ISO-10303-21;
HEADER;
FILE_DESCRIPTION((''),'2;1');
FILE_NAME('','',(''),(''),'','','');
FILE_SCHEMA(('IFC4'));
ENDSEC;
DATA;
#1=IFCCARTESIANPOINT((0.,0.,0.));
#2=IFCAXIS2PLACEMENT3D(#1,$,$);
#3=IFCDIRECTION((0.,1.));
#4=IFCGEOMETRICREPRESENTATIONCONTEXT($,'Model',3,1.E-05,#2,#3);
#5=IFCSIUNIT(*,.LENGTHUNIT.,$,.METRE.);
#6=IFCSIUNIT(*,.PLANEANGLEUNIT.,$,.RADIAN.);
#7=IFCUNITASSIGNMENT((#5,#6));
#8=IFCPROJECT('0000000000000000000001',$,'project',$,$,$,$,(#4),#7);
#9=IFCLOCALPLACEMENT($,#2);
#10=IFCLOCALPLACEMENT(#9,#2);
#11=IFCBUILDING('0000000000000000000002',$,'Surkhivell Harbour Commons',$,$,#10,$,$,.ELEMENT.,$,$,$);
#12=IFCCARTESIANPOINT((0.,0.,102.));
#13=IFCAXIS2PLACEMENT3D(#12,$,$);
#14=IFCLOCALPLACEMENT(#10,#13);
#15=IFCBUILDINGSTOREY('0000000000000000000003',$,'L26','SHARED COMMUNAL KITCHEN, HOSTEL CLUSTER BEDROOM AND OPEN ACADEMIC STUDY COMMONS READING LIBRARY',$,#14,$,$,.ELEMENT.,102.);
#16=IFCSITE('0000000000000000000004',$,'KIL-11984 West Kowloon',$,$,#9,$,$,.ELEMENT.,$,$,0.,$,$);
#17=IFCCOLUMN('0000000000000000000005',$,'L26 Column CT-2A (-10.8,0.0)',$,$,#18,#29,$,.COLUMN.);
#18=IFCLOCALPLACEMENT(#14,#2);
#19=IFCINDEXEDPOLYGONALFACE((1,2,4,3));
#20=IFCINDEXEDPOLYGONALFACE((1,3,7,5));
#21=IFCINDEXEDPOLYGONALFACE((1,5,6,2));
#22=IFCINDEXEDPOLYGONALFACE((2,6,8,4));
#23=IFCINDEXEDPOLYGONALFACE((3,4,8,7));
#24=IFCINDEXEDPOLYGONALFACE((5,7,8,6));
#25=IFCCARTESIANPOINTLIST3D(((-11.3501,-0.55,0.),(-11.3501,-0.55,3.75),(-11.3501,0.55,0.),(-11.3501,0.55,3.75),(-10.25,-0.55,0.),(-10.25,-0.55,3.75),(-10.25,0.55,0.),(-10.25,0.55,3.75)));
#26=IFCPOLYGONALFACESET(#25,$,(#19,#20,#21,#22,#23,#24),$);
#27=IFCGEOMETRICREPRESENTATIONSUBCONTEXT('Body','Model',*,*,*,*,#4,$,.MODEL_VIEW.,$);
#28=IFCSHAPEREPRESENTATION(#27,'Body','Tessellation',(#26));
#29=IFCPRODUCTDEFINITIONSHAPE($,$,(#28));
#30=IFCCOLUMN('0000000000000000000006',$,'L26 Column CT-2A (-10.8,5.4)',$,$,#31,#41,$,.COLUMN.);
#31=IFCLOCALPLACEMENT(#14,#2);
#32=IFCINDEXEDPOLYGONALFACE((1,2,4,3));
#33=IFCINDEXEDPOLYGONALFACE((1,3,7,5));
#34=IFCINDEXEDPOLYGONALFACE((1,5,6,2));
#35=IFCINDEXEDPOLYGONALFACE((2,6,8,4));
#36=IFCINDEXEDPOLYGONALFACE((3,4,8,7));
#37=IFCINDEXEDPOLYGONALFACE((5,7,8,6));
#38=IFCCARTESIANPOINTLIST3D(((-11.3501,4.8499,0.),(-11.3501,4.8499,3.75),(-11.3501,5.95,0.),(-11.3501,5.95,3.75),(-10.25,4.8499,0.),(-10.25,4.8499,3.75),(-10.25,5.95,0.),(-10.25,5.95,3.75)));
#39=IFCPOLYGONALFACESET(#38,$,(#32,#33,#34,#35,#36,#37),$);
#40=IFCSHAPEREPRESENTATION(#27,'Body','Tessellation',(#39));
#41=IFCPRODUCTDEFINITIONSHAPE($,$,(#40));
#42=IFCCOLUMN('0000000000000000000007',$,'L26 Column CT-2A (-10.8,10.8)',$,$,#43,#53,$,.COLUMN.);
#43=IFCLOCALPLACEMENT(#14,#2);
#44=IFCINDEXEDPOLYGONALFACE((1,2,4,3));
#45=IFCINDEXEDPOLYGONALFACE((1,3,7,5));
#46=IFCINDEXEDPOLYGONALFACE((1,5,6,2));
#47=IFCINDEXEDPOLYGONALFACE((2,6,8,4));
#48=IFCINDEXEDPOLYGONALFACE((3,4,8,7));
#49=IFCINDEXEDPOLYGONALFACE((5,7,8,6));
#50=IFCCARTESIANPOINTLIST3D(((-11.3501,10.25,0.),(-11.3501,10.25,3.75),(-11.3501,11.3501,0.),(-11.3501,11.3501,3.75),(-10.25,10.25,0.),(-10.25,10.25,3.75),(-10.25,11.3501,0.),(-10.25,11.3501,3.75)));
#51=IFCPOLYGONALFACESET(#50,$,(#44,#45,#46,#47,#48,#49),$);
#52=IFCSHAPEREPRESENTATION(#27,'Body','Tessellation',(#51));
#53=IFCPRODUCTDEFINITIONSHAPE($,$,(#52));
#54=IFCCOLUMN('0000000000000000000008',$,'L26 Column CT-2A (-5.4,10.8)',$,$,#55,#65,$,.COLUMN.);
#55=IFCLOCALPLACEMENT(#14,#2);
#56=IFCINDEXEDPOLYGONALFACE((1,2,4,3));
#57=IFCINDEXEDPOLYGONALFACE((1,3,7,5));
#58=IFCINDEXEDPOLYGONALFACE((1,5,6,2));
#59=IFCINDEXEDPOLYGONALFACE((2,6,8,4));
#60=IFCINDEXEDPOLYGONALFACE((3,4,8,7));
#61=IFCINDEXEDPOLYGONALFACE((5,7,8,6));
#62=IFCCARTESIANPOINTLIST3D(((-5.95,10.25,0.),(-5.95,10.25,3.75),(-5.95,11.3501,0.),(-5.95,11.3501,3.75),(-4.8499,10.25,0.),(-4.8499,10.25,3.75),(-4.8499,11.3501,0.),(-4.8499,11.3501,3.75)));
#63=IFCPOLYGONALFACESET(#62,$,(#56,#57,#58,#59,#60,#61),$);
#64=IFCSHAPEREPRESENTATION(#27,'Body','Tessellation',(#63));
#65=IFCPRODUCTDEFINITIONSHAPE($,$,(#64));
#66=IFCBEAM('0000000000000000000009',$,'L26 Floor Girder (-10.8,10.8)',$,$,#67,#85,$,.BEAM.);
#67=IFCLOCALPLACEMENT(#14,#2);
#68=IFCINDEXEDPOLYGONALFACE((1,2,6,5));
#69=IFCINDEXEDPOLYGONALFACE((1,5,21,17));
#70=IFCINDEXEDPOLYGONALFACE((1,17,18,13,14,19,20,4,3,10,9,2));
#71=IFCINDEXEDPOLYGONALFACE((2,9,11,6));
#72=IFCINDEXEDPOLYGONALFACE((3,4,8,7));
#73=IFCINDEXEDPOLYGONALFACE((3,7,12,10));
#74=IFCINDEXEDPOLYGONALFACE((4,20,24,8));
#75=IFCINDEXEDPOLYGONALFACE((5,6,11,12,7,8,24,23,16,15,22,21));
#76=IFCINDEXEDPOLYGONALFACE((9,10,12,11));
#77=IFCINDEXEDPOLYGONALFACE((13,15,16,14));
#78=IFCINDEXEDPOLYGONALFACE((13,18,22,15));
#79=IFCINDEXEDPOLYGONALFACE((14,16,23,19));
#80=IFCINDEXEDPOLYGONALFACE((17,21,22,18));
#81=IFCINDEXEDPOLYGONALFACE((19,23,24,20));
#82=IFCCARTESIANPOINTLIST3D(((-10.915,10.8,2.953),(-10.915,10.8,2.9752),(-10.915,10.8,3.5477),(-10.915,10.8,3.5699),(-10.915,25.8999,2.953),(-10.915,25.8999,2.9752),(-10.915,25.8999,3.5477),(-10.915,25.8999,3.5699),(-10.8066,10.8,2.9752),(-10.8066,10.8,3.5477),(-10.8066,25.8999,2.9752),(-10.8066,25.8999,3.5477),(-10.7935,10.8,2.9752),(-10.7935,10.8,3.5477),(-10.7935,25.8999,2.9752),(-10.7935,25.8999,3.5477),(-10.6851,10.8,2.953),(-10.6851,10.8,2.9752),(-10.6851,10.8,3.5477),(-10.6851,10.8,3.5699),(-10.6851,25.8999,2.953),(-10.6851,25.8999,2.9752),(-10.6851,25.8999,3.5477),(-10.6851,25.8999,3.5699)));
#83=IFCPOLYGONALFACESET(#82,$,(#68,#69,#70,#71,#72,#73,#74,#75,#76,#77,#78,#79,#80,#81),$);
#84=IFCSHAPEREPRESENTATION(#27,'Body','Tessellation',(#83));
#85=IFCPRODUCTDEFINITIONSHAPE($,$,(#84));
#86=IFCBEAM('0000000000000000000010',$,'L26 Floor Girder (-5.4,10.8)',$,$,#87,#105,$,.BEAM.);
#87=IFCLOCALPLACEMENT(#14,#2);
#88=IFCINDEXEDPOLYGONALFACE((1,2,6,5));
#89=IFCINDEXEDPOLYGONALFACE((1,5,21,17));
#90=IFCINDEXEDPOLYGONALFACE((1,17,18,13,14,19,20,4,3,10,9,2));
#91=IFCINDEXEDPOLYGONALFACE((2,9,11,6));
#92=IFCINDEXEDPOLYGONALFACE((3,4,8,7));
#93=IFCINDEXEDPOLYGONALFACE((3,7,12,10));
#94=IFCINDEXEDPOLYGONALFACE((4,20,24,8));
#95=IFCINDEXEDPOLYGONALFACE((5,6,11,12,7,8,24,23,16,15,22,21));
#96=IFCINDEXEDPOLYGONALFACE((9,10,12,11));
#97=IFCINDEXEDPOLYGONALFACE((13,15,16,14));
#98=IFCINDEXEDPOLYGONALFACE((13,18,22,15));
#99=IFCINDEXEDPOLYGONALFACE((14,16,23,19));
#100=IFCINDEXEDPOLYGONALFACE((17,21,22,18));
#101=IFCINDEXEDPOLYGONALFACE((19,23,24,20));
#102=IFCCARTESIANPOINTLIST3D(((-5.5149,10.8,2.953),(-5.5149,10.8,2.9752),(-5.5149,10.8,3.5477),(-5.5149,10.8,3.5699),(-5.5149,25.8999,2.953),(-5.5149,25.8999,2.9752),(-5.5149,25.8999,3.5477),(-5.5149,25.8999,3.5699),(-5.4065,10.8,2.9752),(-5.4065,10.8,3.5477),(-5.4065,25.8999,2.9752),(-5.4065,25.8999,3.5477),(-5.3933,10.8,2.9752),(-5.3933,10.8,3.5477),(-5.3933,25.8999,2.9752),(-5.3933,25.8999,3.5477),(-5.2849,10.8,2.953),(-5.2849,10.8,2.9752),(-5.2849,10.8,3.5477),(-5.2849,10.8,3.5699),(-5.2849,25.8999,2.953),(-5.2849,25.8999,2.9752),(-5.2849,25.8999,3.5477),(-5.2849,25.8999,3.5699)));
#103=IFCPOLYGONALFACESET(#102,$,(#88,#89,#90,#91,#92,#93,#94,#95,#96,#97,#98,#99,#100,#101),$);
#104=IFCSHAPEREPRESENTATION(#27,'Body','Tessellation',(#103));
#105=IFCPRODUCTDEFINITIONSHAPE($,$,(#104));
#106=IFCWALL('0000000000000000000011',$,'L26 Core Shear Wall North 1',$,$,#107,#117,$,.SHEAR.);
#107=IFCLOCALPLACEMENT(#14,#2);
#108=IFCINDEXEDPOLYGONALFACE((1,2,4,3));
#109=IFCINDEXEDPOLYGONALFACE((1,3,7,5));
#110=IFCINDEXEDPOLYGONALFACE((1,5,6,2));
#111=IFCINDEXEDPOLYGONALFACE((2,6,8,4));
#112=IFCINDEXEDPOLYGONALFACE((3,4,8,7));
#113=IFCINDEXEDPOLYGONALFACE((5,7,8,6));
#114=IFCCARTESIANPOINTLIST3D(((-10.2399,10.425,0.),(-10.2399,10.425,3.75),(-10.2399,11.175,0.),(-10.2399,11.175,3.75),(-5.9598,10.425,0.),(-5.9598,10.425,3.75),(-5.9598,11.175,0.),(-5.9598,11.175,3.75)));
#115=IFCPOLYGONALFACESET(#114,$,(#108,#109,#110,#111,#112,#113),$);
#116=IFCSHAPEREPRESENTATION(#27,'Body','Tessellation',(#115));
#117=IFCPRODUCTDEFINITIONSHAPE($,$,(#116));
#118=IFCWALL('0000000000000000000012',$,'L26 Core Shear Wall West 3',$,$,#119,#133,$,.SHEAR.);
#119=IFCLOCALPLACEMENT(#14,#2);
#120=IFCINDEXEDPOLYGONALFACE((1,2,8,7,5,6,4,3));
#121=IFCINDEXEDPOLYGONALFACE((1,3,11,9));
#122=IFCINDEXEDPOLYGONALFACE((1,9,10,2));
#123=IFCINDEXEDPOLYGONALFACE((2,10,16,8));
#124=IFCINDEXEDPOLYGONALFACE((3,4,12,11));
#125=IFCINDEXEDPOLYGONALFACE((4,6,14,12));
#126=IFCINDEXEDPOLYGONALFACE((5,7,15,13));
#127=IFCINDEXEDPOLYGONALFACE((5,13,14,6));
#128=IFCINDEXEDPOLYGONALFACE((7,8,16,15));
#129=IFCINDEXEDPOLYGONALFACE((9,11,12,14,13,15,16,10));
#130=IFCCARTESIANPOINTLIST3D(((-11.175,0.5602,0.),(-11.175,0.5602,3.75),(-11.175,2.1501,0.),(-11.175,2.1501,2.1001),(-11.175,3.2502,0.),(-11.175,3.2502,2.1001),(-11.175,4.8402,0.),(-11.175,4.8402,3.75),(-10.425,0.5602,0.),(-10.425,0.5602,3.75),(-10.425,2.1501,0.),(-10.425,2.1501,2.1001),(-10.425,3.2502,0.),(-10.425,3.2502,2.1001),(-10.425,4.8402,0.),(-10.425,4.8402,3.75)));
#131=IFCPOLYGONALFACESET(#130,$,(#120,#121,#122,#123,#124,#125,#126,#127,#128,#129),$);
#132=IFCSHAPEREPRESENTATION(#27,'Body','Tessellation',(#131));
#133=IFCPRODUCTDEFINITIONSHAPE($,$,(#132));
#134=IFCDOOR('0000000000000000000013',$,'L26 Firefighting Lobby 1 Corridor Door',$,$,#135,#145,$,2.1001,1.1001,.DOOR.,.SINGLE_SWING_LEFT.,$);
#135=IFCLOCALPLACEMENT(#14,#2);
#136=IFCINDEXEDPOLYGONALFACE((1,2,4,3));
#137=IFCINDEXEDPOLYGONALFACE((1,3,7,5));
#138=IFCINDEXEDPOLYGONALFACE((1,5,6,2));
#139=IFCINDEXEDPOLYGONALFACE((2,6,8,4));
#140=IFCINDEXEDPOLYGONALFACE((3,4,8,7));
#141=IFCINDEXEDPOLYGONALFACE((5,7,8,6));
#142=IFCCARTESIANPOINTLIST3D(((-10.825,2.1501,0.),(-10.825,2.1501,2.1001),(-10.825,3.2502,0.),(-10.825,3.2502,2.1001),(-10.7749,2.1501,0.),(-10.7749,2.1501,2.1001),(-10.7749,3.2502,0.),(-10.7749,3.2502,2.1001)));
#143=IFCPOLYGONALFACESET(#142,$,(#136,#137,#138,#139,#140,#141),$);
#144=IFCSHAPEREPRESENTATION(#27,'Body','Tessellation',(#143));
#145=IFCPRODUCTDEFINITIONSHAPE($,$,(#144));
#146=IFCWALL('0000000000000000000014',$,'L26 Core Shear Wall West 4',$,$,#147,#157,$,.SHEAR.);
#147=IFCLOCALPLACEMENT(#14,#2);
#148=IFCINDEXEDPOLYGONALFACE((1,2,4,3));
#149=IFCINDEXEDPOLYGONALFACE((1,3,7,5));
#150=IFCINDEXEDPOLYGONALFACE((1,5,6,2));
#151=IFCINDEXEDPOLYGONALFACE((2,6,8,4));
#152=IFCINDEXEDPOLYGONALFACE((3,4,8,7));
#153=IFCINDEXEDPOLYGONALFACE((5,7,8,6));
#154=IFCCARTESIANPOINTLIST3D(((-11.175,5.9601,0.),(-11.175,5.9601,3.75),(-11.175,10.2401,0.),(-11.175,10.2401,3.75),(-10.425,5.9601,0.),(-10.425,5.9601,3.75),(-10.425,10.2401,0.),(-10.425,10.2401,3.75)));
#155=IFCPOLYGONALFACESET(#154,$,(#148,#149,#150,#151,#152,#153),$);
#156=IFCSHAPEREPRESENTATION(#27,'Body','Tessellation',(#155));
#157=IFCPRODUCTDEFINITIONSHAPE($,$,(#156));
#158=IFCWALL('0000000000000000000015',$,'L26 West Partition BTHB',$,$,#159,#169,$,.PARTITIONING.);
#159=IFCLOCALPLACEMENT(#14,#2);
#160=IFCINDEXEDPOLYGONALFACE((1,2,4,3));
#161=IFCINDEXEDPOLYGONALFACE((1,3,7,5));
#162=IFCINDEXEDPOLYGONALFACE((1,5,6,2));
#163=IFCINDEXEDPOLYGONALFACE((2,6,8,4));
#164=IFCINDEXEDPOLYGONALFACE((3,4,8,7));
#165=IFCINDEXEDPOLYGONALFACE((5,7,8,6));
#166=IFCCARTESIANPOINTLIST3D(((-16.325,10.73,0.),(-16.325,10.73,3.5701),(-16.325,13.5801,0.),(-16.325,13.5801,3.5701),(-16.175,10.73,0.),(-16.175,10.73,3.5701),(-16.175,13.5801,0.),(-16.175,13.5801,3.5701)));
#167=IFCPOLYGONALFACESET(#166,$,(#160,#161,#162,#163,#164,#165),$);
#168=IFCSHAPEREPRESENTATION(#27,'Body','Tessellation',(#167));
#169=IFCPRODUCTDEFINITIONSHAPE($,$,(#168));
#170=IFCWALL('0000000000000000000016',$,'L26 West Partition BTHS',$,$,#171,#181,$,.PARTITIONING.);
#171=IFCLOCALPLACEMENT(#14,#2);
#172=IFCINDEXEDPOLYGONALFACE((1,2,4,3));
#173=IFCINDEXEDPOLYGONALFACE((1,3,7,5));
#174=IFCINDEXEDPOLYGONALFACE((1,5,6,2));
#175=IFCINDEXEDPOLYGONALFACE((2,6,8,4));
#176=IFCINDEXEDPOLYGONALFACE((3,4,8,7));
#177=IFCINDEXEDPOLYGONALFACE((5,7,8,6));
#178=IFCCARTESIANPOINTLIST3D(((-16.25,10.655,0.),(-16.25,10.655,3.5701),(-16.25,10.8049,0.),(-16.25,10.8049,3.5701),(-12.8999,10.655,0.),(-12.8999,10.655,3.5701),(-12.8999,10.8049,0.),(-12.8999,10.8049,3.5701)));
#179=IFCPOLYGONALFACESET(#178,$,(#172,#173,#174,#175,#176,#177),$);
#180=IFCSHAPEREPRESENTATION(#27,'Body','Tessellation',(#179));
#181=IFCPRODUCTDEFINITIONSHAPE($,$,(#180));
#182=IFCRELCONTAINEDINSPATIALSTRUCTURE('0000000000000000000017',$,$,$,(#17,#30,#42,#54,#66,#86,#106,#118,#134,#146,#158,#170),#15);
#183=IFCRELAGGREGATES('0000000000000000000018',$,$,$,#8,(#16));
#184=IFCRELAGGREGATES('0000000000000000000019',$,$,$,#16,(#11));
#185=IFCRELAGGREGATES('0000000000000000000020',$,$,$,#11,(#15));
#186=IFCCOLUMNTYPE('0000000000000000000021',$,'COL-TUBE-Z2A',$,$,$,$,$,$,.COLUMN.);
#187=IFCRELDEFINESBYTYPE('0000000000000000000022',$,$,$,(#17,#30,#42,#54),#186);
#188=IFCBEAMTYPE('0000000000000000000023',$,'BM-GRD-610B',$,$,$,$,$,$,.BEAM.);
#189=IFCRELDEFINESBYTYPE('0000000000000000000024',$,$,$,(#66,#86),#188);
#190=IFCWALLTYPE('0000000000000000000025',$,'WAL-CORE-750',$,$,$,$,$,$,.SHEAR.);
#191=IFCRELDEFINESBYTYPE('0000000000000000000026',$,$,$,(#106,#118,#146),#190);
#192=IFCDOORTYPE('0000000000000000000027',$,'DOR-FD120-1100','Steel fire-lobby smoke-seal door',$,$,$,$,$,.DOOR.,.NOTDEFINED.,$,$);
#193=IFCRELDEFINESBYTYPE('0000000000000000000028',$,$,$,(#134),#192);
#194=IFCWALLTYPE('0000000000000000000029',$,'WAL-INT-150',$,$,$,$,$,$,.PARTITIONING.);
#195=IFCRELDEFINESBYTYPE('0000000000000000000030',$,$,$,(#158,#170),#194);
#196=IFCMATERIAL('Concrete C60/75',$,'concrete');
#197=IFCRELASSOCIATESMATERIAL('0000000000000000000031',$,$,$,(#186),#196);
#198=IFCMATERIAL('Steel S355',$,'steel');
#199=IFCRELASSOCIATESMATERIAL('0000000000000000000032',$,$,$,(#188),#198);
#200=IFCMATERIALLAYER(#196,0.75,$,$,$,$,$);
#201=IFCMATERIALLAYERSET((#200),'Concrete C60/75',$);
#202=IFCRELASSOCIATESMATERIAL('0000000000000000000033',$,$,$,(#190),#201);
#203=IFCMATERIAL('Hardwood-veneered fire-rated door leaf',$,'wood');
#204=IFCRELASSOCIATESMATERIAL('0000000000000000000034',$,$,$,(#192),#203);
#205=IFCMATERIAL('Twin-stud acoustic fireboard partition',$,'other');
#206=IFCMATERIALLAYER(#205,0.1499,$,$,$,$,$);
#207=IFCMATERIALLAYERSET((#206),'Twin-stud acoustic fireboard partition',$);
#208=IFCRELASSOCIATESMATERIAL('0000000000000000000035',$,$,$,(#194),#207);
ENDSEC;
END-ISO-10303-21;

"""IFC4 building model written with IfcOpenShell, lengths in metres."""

from ifc_helpers import new_model, si_unit, direction, frame, frame_2d, origin, origin_2d, place, context, subcontext, project, spatial, rectangle, i_section, extrude, material, layer, layer_set, material_profile, profile_set, type_object, element, fill, save


model = new_model("IFC4")

# Units and contexts
model_context = context("Model", 3, precision=1e-05, world=origin(), true_north=direction((0.0, 1.0)))
body_context = subcontext(model_context, "Body", "Model", "MODEL_VIEW")
ifc_project = project(units=[si_unit("LENGTHUNIT", "METRE"), si_unit("PLANEANGLEUNIT", "RADIAN")], contexts=[model_context])

# Site, building, storey
site_placement = place(None, origin())
site = spatial("IfcSite", under=ifc_project, at=site_placement, Name="KIL-11984 West Kowloon", CompositionType="ELEMENT", RefElevation=0.0)
building_placement = place(site_placement, origin())
building = spatial("IfcBuilding", under=site, at=building_placement, Name="Surkhivell Harbour Commons", CompositionType="ELEMENT")
storey_placement = place(building_placement, frame((0.0, 0.0, 102.0)))
storey = spatial("IfcBuildingStorey", under=building, at=storey_placement, Name="L26", Description="SHARED COMMUNAL KITCHEN, HOSTEL CLUSTER BEDROOM AND OPEN ACADEMIC STUDY COMMONS READING LIBRARY", CompositionType="ELEMENT", Elevation=102.0)

# Columns
ifc_material_1 = material(Name="Concrete C60/75", Category="concrete")
ifc_material_profile_1 = material_profile(ifc_material_1, rectangle(XDim=1.1001, YDim=1.1001, at=origin_2d()), Name="RC-COL-1100x1100")
ifc_profile_set_1 = profile_set([ifc_material_profile_1], Name="Concrete C60/75")
column_type = type_object("IfcColumnType", Name="COL-TUBE-Z2A", PredefinedType="COLUMN", material=ifc_profile_set_1)
for number, where, z_axis, x_axis, name in (
    (1, (-10.8, 0.0, 0.0), (0.0, 0.0, 1.0), (1.0, 0.0, 0.0), "L26 Column CT-2A (-10.8,0.0)"),
    (2, (-10.8, 5.3999, 0.0), (0.0, 0.0, 1.0), (1.0, 0.0, 0.0), "L26 Column CT-2A (-10.8,5.4)"),
    (3, (-10.8, 10.8, 0.0), (0.0, 0.0, 1.0), (1.0, 0.0, 0.0), "L26 Column CT-2A (-10.8,10.8)"),
    (4, (-5.3999, 10.8, 0.0), (0.0, 0.0, 1.0), (1.0, 0.0, 0.0), "L26 Column CT-2A (-5.4,10.8)"),
):
    element("IfcColumn", number, at=place(storey_placement, frame(where, z_axis=z_axis, x_axis=x_axis)), inside=storey, type_object=column_type, Name=name, PredefinedType="COLUMN", context=body_context, shape_type="SweptSolid", body=[
        extrude(rectangle(XDim=1.1001, YDim=1.1001, at=origin_2d()), origin(), (0.0, 0.0, 1.0), 3.75),
    ])

# Beams
ifc_material_2 = material(Name="Steel S355", Category="steel")
ifc_material_profile_2 = material_profile(ifc_material_2, i_section(OverallWidth=0.23, OverallDepth=0.6169, WebThickness=0.0132, FlangeThickness=0.0222, at=origin_2d()), Name="UB610x229x140")
ifc_profile_set_2 = profile_set([ifc_material_profile_2], Name="Steel S355")
beam_type = type_object("IfcBeamType", Name="BM-GRD-610B", PredefinedType="BEAM", material=ifc_profile_set_2)
for number, where, z_axis, x_axis, name in (
    (5, (-10.8, 10.8, 3.2615), (0.0, 1.0, 0.0), (-1.0, 0.0, 0.0), "L26 Floor Girder (-10.8,10.8)"),
    (6, (-5.3999, 10.8, 3.2615), (0.0, 1.0, 0.0), (-1.0, 0.0, 0.0), "L26 Floor Girder (-5.4,10.8)"),
):
    element("IfcBeam", number, at=place(storey_placement, frame(where, z_axis=z_axis, x_axis=x_axis)), inside=storey, type_object=beam_type, Name=name, PredefinedType="BEAM", context=body_context, shape_type="SweptSolid", body=[
        extrude(i_section(OverallWidth=0.23, OverallDepth=0.6169, WebThickness=0.0132, FlangeThickness=0.0222, at=origin_2d()), origin(), (0.0, 0.0, 1.0), 15.0999),
    ])

# Wall
ifc_layer_1 = layer(ifc_material_1, 0.75)
ifc_layer_set_1 = layer_set([ifc_layer_1], Name="Concrete C60/75")
wall_type_1 = type_object("IfcWallType", Name="WAL-CORE-750", PredefinedType="SHEAR", material=ifc_layer_set_1)
wall_1_placement = place(storey_placement, frame((-10.24, 10.8, 0.0), z_axis=(0.0, 0.0, 1.0), x_axis=(1.0, 0.0, 0.0)))
element("IfcWall", 7, at=wall_1_placement, inside=storey, type_object=wall_type_1, Name="L26 Core Shear Wall North 1", PredefinedType="SHEAR", context=body_context, shape_type="SweptSolid", body=[
    extrude(rectangle(XDim=4.28, YDim=0.75, at=frame_2d((2.1401, 0.0))), origin(), (0.0, 0.0, 1.0), 3.75),
])

# Wall, opening, door
wall_2_placement = place(storey_placement, frame((-10.8, 0.5601, 0.0), z_axis=(0.0, 0.0, 1.0), x_axis=(0.0, 1.0, 0.0)))
wall_2 = element("IfcWall", 8, at=wall_2_placement, inside=storey, type_object=wall_type_1, Name="L26 Core Shear Wall West 3", PredefinedType="SHEAR", context=body_context, shape_type="SweptSolid", body=[
    extrude(rectangle(XDim=4.28, YDim=0.75, at=frame_2d((2.1401, 0.0))), origin(), (0.0, 0.0, 1.0), 3.75),
])
opening_1_placement = place(wall_2_placement, frame((1.5901, 0.0, 0.0)))
opening_1 = element("IfcOpeningElement", 9, at=opening_1_placement, cuts=wall_2, PredefinedType="OPENING", context=body_context, shape_type="SweptSolid", body=[
    extrude(rectangle(XDim=1.1001, YDim=2.1001, at=frame_2d((0.55, 1.05))), frame((0.0, 0.385, 0.0), z_axis=(0.0, -1.0, 0.0), x_axis=(1.0, 0.0, 0.0)), (0.0, 0.0, 1.0), 0.77),
])
ifc_material_3 = material(Name="Hardwood-veneered fire-rated door leaf", Category="wood")
door_type_1 = type_object("IfcDoorType", Name="DOR-FD120-1100", Description="Steel fire-lobby smoke-seal door", OperationType="NOTDEFINED", PredefinedType="DOOR", material=ifc_material_3)
door_1_placement = place(opening_1_placement, origin())
door_1 = element("IfcDoor", 10, at=door_1_placement, inside=storey, type_object=door_type_1, Name="L26 Firefighting Lobby 1 Corridor Door", OperationType="SINGLE_SWING_LEFT", OverallHeight=2.1001, OverallWidth=1.1001, PredefinedType="DOOR", context=body_context, shape_type="SweptSolid", body=[
    extrude(rectangle(XDim=1.1001, YDim=2.1001, at=frame_2d((0.55, 1.05))), frame((0.0, 0.0249, 0.0), z_axis=(0.0, -1.0, 0.0), x_axis=(1.0, 0.0, 0.0)), (0.0, 0.0, 1.0), 0.05),
])
fill(opening_1, door_1)

# Walls
wall_3_placement = place(storey_placement, frame((-10.8, 5.96, 0.0), z_axis=(0.0, 0.0, 1.0), x_axis=(0.0, 1.0, 0.0)))
element("IfcWall", 11, at=wall_3_placement, inside=storey, type_object=wall_type_1, Name="L26 Core Shear Wall West 4", PredefinedType="SHEAR", context=body_context, shape_type="SweptSolid", body=[
    extrude(rectangle(XDim=4.28, YDim=0.75, at=frame_2d((2.1401, 0.0))), origin(), (0.0, 0.0, 1.0), 3.75),
])
ifc_material_4 = material(Name="Twin-stud acoustic fireboard partition", Category="other")
ifc_layer_2 = layer(ifc_material_4, 0.1499)
ifc_layer_set_2 = layer_set([ifc_layer_2], Name="Twin-stud acoustic fireboard partition")
wall_type_2 = type_object("IfcWallType", Name="WAL-INT-150", PredefinedType="PARTITIONING", material=ifc_layer_set_2)
wall_4_placement = place(storey_placement, frame((-16.25, 10.73, 0.0), z_axis=(0.0, 0.0, 1.0), x_axis=(0.0, 1.0, 0.0)))
element("IfcWall", 12, at=wall_4_placement, inside=storey, type_object=wall_type_2, Name="L26 West Partition BTHB", PredefinedType="PARTITIONING", context=body_context, shape_type="SweptSolid", body=[
    extrude(rectangle(XDim=2.8501, YDim=0.1499, at=frame_2d((1.425, 0.0))), origin(), (0.0, 0.0, 1.0), 3.5701),
])
wall_5_placement = place(storey_placement, frame((-16.25, 10.73, 0.0), z_axis=(0.0, 0.0, 1.0), x_axis=(1.0, 0.0, 0.0)))
element("IfcWall", 13, at=wall_5_placement, inside=storey, type_object=wall_type_2, Name="L26 West Partition BTHS", PredefinedType="PARTITIONING", context=body_context, shape_type="SweptSolid", body=[
    extrude(rectangle(XDim=3.3501, YDim=0.1499, at=frame_2d((1.675, 0.0))), origin(), (0.0, 0.0, 1.0), 3.5701),
])

save(model, "model.ifc")
